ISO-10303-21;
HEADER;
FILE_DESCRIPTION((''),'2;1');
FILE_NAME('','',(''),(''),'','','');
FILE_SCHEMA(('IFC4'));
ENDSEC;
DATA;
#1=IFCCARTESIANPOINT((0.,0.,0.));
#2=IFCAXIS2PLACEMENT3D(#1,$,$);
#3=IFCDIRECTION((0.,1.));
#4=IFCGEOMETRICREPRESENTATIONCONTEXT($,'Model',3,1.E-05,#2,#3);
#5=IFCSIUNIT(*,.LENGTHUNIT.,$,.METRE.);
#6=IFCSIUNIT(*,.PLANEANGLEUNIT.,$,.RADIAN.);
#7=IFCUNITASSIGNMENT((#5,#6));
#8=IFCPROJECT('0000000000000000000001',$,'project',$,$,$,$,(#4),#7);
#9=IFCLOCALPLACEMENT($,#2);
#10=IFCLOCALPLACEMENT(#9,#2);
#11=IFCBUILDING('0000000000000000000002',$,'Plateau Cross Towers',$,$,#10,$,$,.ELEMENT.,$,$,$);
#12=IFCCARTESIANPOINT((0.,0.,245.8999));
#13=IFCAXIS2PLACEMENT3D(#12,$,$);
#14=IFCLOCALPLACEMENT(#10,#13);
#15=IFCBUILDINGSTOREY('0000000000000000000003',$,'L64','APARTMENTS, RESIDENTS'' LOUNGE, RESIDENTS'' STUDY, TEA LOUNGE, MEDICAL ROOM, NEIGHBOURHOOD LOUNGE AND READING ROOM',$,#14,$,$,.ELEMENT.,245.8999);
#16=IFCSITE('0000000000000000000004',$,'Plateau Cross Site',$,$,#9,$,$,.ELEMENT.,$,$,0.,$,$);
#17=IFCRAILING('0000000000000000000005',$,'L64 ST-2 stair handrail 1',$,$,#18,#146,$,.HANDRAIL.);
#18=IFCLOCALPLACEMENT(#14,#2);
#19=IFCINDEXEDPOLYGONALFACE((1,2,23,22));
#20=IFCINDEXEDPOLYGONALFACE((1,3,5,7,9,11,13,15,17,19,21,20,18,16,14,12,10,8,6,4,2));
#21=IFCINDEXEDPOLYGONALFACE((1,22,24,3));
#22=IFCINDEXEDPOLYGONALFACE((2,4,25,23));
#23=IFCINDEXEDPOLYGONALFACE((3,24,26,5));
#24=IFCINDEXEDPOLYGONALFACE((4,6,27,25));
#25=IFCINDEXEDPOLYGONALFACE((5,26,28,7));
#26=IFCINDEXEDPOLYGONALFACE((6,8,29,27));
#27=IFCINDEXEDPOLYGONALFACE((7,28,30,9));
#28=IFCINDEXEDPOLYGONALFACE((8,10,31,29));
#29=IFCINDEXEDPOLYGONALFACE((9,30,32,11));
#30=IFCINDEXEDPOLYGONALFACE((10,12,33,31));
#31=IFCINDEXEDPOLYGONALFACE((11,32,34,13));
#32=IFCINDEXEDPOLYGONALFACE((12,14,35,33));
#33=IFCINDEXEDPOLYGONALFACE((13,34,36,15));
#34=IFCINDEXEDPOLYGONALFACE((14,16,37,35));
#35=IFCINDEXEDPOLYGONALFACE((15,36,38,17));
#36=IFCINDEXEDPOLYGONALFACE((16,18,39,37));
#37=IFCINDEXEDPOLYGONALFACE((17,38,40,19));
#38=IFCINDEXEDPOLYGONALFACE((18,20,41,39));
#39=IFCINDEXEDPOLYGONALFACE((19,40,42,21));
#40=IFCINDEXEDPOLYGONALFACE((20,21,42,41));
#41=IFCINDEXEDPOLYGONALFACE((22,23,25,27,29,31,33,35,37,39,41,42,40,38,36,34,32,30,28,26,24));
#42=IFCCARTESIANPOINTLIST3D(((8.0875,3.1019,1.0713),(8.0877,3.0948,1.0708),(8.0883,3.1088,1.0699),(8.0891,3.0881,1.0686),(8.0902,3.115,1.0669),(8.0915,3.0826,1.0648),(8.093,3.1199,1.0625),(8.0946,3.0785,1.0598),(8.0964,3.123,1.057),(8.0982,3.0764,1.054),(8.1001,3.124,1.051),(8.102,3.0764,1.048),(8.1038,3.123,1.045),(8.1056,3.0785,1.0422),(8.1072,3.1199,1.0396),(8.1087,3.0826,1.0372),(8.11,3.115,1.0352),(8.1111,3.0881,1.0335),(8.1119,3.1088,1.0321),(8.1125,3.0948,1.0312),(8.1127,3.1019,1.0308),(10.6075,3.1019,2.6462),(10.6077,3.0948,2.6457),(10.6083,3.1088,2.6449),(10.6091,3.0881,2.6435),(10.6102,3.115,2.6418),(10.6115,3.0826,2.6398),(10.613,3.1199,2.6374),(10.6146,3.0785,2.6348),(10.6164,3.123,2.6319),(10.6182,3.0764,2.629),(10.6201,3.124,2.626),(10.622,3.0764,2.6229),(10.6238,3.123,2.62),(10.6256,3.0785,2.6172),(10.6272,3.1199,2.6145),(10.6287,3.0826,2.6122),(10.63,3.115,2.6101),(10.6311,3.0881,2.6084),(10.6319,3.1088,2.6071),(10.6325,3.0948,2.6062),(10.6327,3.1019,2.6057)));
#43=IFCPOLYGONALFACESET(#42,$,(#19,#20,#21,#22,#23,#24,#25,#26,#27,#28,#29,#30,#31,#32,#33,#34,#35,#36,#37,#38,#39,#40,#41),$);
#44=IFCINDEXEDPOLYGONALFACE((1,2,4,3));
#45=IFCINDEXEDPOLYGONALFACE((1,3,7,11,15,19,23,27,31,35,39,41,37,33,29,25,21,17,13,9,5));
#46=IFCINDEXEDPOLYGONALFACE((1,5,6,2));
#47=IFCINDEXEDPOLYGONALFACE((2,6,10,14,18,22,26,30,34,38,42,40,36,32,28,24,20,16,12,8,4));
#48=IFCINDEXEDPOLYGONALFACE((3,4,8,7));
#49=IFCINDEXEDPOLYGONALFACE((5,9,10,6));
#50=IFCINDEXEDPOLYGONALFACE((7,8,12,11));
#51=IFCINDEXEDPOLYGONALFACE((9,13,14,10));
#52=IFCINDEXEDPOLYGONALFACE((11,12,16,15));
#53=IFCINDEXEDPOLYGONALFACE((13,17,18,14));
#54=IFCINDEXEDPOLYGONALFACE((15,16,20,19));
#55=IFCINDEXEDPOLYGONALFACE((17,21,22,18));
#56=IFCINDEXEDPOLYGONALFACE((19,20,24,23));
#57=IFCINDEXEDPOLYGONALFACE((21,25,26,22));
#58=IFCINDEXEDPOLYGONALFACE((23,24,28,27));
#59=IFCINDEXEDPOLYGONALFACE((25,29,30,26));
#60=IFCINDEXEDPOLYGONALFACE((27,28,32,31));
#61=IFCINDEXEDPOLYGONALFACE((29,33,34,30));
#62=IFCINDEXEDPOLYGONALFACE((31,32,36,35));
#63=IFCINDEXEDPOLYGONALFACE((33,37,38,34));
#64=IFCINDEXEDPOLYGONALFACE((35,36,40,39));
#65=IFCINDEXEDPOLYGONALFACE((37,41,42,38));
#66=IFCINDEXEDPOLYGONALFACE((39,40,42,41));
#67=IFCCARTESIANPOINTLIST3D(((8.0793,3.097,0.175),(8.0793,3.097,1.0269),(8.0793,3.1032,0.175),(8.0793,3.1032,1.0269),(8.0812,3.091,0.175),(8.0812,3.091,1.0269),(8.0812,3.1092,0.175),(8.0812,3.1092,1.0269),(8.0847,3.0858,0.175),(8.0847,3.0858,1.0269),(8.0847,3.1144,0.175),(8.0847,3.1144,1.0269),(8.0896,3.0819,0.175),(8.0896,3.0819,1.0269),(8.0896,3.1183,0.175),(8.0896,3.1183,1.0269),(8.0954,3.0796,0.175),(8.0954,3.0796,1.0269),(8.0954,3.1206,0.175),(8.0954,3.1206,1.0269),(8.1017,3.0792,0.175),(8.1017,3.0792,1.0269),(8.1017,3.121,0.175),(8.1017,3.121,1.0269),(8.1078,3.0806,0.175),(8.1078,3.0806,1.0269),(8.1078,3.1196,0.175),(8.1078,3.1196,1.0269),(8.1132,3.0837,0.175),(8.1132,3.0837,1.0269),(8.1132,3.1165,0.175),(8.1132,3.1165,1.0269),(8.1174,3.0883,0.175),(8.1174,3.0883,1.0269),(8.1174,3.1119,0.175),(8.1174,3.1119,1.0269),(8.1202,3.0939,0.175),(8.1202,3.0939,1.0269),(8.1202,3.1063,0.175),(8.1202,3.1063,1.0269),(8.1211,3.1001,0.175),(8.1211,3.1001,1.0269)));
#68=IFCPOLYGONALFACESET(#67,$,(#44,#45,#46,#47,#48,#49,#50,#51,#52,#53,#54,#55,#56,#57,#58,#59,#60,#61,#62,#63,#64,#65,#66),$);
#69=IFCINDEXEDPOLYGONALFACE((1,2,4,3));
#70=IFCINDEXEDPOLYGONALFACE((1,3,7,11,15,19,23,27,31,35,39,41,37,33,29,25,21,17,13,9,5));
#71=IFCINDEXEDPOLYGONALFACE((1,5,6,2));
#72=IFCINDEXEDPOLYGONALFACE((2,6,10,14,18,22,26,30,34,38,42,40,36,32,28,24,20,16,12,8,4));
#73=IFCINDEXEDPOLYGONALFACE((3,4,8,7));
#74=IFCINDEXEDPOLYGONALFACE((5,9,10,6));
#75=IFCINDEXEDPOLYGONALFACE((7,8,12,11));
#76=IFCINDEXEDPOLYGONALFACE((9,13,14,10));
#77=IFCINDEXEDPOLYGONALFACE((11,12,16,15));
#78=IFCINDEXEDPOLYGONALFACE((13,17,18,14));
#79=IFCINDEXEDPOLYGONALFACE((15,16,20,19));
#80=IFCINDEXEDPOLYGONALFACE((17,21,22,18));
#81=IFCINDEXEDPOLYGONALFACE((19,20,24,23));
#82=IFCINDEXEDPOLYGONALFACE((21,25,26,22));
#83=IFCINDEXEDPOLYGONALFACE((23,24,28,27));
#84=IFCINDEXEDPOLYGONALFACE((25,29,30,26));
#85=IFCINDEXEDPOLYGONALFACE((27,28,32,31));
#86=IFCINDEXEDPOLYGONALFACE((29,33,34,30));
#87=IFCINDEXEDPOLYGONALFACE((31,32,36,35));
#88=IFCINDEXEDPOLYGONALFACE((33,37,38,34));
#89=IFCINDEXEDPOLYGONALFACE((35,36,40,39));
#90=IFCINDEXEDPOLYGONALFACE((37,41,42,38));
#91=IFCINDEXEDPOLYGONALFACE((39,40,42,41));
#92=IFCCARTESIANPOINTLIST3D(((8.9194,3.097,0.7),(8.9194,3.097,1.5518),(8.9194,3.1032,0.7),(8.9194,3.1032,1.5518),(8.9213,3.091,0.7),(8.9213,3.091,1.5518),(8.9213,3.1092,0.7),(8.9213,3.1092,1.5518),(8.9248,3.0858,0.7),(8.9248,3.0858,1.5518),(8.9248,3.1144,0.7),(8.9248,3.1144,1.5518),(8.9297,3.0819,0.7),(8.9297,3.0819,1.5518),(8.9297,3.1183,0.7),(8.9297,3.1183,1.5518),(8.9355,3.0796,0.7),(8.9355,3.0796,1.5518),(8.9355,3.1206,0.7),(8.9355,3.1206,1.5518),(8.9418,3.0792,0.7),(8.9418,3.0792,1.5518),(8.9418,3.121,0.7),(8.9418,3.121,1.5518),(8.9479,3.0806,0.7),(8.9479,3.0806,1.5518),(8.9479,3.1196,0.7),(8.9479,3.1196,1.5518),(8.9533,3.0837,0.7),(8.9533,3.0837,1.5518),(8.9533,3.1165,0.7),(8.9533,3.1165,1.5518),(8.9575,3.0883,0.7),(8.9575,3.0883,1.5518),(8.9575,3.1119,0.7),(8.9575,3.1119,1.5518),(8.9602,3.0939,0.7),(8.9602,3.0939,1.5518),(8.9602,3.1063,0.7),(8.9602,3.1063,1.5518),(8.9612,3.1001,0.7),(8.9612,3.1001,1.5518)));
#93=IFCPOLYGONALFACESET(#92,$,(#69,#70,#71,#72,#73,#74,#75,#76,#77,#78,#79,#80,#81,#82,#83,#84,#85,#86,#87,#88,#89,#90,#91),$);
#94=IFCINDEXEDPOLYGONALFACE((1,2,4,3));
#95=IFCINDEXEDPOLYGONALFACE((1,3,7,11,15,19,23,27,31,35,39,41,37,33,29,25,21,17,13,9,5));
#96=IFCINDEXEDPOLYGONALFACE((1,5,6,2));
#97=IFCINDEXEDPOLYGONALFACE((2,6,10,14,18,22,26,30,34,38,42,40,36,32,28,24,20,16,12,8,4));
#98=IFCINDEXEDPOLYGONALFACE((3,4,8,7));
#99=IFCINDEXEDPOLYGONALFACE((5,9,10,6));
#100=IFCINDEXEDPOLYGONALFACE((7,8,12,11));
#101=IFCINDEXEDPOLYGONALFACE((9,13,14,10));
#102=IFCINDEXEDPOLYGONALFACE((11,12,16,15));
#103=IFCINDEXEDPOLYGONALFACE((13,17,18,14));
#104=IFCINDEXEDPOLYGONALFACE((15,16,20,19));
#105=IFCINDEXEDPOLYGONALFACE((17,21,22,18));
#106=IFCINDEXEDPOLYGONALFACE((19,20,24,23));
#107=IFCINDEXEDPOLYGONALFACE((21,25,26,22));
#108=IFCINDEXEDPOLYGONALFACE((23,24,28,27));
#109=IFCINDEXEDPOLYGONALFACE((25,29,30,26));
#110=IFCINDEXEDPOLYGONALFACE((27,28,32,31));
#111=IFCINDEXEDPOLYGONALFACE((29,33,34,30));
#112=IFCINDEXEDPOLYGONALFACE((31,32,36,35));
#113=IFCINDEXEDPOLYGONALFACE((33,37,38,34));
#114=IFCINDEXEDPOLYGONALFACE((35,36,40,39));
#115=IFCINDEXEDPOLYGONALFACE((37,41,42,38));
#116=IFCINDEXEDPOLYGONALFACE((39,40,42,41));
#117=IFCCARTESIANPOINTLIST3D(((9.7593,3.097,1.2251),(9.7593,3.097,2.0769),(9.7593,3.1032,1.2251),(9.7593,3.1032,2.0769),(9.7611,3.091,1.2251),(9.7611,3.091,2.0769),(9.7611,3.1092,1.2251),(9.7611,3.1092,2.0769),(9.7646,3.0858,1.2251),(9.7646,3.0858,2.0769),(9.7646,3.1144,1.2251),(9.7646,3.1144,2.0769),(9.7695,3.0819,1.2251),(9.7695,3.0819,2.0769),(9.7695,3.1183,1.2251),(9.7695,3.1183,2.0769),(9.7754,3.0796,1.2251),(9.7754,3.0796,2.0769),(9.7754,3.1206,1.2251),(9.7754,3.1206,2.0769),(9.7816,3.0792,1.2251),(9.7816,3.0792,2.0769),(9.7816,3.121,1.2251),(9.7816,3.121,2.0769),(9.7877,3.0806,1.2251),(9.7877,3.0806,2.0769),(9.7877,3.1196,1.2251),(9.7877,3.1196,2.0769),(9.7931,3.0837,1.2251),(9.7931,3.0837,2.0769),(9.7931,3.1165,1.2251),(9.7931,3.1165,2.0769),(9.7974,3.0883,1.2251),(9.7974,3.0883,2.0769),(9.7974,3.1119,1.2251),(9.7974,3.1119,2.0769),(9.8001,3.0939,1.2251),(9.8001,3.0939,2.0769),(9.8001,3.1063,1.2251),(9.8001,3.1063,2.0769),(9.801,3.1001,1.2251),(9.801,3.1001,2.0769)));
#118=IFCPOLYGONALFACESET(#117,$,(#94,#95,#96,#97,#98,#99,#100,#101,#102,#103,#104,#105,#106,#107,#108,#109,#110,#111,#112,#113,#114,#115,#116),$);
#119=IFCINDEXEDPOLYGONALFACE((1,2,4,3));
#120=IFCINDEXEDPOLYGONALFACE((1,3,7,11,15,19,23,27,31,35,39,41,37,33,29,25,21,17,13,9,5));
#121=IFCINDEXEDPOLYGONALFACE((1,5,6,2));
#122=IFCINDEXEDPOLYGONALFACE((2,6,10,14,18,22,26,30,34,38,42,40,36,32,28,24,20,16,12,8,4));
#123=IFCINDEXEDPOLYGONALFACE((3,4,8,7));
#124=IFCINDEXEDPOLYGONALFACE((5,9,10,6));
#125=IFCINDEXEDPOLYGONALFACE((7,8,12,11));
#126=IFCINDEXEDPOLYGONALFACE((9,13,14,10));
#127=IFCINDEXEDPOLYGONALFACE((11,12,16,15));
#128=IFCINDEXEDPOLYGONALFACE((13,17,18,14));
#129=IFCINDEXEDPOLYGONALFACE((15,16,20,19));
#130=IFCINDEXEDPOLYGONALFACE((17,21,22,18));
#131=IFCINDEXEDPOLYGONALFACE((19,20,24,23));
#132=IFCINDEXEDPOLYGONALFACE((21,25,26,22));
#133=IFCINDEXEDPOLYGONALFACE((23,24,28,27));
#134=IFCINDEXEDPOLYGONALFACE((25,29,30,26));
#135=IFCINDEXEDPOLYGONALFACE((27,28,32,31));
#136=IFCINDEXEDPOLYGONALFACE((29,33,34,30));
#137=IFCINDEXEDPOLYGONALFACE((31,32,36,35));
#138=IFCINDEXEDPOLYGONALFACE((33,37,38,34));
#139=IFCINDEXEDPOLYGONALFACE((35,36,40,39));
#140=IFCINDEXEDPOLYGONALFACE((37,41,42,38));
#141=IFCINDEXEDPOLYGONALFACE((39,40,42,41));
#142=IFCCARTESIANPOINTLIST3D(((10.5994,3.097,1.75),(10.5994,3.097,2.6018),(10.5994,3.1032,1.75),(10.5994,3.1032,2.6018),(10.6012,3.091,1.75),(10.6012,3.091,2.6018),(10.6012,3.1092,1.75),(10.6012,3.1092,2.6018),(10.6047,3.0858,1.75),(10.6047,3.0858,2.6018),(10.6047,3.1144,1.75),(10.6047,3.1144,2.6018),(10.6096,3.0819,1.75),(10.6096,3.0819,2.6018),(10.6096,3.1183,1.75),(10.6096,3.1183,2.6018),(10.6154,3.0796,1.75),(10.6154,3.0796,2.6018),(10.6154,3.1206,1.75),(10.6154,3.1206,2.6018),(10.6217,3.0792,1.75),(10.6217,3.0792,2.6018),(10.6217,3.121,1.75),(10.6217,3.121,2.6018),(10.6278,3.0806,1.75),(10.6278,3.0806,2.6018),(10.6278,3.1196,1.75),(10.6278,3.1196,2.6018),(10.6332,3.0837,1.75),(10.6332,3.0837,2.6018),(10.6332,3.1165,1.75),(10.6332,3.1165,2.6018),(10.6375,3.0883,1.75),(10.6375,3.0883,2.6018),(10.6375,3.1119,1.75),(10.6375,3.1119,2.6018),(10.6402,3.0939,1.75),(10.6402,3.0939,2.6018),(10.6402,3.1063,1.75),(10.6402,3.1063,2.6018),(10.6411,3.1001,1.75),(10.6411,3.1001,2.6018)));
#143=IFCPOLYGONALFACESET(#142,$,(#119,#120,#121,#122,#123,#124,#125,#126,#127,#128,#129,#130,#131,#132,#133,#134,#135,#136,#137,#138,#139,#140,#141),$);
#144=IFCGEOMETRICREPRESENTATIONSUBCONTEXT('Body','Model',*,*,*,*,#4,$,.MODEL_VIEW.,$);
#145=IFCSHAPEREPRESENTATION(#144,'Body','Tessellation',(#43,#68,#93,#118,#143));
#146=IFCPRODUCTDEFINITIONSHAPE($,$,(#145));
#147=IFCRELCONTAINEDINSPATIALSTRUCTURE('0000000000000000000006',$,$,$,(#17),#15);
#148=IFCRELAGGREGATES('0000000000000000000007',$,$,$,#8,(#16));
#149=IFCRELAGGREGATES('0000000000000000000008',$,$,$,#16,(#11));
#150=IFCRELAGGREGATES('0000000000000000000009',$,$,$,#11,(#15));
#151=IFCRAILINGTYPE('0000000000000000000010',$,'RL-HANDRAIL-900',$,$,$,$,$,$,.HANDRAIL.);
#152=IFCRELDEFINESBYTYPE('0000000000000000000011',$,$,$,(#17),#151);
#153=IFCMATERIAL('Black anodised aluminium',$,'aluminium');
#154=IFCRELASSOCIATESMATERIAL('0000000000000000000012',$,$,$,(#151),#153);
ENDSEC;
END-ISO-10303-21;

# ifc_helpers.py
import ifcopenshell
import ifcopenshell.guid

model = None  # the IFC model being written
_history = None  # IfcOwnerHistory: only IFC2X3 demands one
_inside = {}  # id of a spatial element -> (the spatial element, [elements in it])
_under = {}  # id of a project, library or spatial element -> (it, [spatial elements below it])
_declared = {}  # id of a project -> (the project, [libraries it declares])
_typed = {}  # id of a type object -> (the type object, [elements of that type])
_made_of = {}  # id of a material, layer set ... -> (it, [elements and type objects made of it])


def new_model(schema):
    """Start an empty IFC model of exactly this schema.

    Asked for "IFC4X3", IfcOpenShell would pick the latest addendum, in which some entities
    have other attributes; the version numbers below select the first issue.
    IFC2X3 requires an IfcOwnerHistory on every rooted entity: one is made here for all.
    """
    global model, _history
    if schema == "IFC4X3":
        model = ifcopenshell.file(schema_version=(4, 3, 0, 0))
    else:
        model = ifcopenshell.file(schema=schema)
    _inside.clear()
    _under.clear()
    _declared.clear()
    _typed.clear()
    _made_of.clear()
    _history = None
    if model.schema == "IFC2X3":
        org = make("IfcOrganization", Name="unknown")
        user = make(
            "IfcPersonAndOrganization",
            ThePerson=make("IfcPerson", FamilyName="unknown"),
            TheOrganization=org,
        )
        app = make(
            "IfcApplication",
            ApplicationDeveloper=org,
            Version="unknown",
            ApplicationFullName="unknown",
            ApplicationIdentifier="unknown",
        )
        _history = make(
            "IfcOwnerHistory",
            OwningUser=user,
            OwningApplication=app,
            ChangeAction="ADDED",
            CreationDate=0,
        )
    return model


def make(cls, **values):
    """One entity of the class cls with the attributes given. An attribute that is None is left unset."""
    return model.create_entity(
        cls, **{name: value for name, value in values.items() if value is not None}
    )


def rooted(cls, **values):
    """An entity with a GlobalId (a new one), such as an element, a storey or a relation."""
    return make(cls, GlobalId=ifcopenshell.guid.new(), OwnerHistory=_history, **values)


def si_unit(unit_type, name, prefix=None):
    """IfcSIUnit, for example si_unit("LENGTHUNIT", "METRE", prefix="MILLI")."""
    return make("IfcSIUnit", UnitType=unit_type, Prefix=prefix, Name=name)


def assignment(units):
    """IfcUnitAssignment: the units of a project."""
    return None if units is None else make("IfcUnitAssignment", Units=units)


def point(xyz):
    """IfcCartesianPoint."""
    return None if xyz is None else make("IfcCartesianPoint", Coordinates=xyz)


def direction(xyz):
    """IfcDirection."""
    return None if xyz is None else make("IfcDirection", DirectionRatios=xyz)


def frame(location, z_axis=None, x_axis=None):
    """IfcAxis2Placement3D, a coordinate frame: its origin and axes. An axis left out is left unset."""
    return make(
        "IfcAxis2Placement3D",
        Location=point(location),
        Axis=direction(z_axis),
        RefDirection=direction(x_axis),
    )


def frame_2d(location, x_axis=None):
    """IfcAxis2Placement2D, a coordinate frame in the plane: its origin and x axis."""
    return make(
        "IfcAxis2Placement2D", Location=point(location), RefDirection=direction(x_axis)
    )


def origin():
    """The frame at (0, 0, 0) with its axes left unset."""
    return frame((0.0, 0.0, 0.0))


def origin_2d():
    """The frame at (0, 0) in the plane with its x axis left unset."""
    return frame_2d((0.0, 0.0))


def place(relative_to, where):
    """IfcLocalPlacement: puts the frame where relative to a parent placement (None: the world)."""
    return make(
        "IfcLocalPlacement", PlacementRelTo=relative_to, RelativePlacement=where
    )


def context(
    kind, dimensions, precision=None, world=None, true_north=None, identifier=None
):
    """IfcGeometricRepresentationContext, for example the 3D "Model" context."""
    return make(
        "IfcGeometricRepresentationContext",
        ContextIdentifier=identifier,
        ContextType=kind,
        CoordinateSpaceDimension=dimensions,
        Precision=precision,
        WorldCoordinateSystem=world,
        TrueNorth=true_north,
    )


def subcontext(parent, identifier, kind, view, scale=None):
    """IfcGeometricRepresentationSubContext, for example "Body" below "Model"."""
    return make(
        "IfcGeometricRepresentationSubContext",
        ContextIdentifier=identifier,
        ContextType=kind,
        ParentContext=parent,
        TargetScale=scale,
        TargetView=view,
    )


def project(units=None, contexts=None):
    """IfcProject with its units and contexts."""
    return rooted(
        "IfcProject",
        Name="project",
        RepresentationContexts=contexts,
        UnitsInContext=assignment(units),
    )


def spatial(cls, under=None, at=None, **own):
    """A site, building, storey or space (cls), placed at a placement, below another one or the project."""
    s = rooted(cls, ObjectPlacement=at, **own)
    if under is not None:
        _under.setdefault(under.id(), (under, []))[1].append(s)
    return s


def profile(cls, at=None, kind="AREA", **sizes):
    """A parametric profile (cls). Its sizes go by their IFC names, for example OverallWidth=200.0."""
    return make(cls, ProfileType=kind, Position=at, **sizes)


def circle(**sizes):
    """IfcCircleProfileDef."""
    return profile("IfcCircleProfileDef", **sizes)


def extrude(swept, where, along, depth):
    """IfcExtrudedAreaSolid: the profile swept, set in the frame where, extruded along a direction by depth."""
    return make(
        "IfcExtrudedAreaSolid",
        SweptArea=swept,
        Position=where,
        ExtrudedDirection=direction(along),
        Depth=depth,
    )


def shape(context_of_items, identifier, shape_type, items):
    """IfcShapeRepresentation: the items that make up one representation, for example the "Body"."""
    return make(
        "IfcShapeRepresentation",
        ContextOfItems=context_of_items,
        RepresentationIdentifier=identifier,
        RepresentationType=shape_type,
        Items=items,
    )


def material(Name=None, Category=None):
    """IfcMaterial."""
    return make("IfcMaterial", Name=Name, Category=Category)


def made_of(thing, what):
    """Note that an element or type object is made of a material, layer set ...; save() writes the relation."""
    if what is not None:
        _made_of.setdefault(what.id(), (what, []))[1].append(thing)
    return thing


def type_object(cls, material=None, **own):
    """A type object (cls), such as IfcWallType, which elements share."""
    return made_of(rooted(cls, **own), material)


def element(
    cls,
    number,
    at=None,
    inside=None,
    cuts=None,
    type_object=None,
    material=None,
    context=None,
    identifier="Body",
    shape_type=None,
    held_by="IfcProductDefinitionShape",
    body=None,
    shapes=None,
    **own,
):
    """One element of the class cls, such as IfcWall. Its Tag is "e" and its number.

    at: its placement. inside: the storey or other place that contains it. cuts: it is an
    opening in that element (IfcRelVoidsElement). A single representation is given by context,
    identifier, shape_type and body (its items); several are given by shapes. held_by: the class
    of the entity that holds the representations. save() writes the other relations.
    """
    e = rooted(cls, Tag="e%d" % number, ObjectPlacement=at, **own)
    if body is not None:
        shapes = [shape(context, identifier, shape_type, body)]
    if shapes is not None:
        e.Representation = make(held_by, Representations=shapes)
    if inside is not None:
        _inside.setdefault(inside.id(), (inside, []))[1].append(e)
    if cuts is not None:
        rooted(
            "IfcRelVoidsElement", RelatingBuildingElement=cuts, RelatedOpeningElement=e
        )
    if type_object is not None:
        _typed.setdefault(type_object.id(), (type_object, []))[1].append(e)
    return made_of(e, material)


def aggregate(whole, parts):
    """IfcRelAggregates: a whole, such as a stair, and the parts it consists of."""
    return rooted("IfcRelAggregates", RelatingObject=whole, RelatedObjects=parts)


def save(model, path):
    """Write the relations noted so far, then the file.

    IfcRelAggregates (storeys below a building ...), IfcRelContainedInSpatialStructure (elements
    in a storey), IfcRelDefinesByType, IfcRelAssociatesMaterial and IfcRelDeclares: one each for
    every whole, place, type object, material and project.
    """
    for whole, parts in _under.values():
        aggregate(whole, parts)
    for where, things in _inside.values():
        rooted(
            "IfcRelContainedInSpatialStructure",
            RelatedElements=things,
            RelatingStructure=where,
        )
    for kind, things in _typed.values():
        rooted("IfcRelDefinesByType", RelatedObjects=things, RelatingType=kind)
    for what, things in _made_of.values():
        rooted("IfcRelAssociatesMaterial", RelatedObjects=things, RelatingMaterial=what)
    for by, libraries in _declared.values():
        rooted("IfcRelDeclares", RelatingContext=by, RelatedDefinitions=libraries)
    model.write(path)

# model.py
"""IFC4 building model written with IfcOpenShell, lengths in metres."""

from ifc_helpers import new_model, si_unit, direction, frame, origin, origin_2d, place, context, subcontext, project, spatial, circle, extrude, material, type_object, element, save


model = new_model("IFC4")

# Units and contexts
model_context = context("Model", 3, precision=1e-05, world=origin(), true_north=direction((0.0, 1.0)))
body_context = subcontext(model_context, "Body", "Model", "MODEL_VIEW")
ifc_project = project(units=[si_unit("LENGTHUNIT", "METRE"), si_unit("PLANEANGLEUNIT", "RADIAN")], contexts=[model_context])

# Site, building, storey
site_placement = place(None, origin())
site = spatial("IfcSite", under=ifc_project, at=site_placement, Name="Plateau Cross Site", CompositionType="ELEMENT", RefElevation=0.0)
building_placement = place(site_placement, origin())
building = spatial("IfcBuilding", under=site, at=building_placement, Name="Plateau Cross Towers", CompositionType="ELEMENT")
storey_placement = place(building_placement, frame((0.0, 0.0, 245.8999)))
storey = spatial("IfcBuildingStorey", under=building, at=storey_placement, Name="L64", Description="APARTMENTS, RESIDENTS' LOUNGE, RESIDENTS' STUDY, TEA LOUNGE, MEDICAL ROOM, NEIGHBOURHOOD LOUNGE AND READING ROOM", CompositionType="ELEMENT", Elevation=245.8999)

# Shared definitions
ifc_material_1 = material(Name="Black anodised aluminium", Category="aluminium")

# Railing
railing_type_1 = type_object("IfcRailingType", Name="RL-HANDRAIL-900", PredefinedType="HANDRAIL", material=ifc_material_1)
railing_1_placement = place(storey_placement, frame((8.1001, 3.1001, 0.175)))
element("IfcRailing", 1, at=railing_1_placement, inside=storey, type_object=railing_type_1, Name="L64 ST-2 stair handrail 1", PredefinedType="HANDRAIL", context=body_context, shape_type="SweptSolid", body=[
    extrude(circle(Radius=0.0239, at=origin_2d()), frame((0.0, 0.0, 0.876), z_axis=(0.848008, 0.0, 0.529984), x_axis=(0.0, 1.0, 0.0)), (0.0, 0.0, 1.0), 2.9717),
    extrude(circle(Radius=0.021, at=origin_2d()), origin(), (0.0, 0.0, 1.0), 0.8518),
    extrude(circle(Radius=0.021, at=origin_2d()), frame((0.8401, 0.0, 0.5249)), (0.0, 0.0, 1.0), 0.8518),
    extrude(circle(Radius=0.021, at=origin_2d()), frame((1.6799, 0.0, 1.05)), (0.0, 0.0, 1.0), 0.8518),
    extrude(circle(Radius=0.021, at=origin_2d()), frame((2.52, 0.0, 1.575)), (0.0, 0.0, 1.0), 0.8518),
])

save(model, "model.ifc")
